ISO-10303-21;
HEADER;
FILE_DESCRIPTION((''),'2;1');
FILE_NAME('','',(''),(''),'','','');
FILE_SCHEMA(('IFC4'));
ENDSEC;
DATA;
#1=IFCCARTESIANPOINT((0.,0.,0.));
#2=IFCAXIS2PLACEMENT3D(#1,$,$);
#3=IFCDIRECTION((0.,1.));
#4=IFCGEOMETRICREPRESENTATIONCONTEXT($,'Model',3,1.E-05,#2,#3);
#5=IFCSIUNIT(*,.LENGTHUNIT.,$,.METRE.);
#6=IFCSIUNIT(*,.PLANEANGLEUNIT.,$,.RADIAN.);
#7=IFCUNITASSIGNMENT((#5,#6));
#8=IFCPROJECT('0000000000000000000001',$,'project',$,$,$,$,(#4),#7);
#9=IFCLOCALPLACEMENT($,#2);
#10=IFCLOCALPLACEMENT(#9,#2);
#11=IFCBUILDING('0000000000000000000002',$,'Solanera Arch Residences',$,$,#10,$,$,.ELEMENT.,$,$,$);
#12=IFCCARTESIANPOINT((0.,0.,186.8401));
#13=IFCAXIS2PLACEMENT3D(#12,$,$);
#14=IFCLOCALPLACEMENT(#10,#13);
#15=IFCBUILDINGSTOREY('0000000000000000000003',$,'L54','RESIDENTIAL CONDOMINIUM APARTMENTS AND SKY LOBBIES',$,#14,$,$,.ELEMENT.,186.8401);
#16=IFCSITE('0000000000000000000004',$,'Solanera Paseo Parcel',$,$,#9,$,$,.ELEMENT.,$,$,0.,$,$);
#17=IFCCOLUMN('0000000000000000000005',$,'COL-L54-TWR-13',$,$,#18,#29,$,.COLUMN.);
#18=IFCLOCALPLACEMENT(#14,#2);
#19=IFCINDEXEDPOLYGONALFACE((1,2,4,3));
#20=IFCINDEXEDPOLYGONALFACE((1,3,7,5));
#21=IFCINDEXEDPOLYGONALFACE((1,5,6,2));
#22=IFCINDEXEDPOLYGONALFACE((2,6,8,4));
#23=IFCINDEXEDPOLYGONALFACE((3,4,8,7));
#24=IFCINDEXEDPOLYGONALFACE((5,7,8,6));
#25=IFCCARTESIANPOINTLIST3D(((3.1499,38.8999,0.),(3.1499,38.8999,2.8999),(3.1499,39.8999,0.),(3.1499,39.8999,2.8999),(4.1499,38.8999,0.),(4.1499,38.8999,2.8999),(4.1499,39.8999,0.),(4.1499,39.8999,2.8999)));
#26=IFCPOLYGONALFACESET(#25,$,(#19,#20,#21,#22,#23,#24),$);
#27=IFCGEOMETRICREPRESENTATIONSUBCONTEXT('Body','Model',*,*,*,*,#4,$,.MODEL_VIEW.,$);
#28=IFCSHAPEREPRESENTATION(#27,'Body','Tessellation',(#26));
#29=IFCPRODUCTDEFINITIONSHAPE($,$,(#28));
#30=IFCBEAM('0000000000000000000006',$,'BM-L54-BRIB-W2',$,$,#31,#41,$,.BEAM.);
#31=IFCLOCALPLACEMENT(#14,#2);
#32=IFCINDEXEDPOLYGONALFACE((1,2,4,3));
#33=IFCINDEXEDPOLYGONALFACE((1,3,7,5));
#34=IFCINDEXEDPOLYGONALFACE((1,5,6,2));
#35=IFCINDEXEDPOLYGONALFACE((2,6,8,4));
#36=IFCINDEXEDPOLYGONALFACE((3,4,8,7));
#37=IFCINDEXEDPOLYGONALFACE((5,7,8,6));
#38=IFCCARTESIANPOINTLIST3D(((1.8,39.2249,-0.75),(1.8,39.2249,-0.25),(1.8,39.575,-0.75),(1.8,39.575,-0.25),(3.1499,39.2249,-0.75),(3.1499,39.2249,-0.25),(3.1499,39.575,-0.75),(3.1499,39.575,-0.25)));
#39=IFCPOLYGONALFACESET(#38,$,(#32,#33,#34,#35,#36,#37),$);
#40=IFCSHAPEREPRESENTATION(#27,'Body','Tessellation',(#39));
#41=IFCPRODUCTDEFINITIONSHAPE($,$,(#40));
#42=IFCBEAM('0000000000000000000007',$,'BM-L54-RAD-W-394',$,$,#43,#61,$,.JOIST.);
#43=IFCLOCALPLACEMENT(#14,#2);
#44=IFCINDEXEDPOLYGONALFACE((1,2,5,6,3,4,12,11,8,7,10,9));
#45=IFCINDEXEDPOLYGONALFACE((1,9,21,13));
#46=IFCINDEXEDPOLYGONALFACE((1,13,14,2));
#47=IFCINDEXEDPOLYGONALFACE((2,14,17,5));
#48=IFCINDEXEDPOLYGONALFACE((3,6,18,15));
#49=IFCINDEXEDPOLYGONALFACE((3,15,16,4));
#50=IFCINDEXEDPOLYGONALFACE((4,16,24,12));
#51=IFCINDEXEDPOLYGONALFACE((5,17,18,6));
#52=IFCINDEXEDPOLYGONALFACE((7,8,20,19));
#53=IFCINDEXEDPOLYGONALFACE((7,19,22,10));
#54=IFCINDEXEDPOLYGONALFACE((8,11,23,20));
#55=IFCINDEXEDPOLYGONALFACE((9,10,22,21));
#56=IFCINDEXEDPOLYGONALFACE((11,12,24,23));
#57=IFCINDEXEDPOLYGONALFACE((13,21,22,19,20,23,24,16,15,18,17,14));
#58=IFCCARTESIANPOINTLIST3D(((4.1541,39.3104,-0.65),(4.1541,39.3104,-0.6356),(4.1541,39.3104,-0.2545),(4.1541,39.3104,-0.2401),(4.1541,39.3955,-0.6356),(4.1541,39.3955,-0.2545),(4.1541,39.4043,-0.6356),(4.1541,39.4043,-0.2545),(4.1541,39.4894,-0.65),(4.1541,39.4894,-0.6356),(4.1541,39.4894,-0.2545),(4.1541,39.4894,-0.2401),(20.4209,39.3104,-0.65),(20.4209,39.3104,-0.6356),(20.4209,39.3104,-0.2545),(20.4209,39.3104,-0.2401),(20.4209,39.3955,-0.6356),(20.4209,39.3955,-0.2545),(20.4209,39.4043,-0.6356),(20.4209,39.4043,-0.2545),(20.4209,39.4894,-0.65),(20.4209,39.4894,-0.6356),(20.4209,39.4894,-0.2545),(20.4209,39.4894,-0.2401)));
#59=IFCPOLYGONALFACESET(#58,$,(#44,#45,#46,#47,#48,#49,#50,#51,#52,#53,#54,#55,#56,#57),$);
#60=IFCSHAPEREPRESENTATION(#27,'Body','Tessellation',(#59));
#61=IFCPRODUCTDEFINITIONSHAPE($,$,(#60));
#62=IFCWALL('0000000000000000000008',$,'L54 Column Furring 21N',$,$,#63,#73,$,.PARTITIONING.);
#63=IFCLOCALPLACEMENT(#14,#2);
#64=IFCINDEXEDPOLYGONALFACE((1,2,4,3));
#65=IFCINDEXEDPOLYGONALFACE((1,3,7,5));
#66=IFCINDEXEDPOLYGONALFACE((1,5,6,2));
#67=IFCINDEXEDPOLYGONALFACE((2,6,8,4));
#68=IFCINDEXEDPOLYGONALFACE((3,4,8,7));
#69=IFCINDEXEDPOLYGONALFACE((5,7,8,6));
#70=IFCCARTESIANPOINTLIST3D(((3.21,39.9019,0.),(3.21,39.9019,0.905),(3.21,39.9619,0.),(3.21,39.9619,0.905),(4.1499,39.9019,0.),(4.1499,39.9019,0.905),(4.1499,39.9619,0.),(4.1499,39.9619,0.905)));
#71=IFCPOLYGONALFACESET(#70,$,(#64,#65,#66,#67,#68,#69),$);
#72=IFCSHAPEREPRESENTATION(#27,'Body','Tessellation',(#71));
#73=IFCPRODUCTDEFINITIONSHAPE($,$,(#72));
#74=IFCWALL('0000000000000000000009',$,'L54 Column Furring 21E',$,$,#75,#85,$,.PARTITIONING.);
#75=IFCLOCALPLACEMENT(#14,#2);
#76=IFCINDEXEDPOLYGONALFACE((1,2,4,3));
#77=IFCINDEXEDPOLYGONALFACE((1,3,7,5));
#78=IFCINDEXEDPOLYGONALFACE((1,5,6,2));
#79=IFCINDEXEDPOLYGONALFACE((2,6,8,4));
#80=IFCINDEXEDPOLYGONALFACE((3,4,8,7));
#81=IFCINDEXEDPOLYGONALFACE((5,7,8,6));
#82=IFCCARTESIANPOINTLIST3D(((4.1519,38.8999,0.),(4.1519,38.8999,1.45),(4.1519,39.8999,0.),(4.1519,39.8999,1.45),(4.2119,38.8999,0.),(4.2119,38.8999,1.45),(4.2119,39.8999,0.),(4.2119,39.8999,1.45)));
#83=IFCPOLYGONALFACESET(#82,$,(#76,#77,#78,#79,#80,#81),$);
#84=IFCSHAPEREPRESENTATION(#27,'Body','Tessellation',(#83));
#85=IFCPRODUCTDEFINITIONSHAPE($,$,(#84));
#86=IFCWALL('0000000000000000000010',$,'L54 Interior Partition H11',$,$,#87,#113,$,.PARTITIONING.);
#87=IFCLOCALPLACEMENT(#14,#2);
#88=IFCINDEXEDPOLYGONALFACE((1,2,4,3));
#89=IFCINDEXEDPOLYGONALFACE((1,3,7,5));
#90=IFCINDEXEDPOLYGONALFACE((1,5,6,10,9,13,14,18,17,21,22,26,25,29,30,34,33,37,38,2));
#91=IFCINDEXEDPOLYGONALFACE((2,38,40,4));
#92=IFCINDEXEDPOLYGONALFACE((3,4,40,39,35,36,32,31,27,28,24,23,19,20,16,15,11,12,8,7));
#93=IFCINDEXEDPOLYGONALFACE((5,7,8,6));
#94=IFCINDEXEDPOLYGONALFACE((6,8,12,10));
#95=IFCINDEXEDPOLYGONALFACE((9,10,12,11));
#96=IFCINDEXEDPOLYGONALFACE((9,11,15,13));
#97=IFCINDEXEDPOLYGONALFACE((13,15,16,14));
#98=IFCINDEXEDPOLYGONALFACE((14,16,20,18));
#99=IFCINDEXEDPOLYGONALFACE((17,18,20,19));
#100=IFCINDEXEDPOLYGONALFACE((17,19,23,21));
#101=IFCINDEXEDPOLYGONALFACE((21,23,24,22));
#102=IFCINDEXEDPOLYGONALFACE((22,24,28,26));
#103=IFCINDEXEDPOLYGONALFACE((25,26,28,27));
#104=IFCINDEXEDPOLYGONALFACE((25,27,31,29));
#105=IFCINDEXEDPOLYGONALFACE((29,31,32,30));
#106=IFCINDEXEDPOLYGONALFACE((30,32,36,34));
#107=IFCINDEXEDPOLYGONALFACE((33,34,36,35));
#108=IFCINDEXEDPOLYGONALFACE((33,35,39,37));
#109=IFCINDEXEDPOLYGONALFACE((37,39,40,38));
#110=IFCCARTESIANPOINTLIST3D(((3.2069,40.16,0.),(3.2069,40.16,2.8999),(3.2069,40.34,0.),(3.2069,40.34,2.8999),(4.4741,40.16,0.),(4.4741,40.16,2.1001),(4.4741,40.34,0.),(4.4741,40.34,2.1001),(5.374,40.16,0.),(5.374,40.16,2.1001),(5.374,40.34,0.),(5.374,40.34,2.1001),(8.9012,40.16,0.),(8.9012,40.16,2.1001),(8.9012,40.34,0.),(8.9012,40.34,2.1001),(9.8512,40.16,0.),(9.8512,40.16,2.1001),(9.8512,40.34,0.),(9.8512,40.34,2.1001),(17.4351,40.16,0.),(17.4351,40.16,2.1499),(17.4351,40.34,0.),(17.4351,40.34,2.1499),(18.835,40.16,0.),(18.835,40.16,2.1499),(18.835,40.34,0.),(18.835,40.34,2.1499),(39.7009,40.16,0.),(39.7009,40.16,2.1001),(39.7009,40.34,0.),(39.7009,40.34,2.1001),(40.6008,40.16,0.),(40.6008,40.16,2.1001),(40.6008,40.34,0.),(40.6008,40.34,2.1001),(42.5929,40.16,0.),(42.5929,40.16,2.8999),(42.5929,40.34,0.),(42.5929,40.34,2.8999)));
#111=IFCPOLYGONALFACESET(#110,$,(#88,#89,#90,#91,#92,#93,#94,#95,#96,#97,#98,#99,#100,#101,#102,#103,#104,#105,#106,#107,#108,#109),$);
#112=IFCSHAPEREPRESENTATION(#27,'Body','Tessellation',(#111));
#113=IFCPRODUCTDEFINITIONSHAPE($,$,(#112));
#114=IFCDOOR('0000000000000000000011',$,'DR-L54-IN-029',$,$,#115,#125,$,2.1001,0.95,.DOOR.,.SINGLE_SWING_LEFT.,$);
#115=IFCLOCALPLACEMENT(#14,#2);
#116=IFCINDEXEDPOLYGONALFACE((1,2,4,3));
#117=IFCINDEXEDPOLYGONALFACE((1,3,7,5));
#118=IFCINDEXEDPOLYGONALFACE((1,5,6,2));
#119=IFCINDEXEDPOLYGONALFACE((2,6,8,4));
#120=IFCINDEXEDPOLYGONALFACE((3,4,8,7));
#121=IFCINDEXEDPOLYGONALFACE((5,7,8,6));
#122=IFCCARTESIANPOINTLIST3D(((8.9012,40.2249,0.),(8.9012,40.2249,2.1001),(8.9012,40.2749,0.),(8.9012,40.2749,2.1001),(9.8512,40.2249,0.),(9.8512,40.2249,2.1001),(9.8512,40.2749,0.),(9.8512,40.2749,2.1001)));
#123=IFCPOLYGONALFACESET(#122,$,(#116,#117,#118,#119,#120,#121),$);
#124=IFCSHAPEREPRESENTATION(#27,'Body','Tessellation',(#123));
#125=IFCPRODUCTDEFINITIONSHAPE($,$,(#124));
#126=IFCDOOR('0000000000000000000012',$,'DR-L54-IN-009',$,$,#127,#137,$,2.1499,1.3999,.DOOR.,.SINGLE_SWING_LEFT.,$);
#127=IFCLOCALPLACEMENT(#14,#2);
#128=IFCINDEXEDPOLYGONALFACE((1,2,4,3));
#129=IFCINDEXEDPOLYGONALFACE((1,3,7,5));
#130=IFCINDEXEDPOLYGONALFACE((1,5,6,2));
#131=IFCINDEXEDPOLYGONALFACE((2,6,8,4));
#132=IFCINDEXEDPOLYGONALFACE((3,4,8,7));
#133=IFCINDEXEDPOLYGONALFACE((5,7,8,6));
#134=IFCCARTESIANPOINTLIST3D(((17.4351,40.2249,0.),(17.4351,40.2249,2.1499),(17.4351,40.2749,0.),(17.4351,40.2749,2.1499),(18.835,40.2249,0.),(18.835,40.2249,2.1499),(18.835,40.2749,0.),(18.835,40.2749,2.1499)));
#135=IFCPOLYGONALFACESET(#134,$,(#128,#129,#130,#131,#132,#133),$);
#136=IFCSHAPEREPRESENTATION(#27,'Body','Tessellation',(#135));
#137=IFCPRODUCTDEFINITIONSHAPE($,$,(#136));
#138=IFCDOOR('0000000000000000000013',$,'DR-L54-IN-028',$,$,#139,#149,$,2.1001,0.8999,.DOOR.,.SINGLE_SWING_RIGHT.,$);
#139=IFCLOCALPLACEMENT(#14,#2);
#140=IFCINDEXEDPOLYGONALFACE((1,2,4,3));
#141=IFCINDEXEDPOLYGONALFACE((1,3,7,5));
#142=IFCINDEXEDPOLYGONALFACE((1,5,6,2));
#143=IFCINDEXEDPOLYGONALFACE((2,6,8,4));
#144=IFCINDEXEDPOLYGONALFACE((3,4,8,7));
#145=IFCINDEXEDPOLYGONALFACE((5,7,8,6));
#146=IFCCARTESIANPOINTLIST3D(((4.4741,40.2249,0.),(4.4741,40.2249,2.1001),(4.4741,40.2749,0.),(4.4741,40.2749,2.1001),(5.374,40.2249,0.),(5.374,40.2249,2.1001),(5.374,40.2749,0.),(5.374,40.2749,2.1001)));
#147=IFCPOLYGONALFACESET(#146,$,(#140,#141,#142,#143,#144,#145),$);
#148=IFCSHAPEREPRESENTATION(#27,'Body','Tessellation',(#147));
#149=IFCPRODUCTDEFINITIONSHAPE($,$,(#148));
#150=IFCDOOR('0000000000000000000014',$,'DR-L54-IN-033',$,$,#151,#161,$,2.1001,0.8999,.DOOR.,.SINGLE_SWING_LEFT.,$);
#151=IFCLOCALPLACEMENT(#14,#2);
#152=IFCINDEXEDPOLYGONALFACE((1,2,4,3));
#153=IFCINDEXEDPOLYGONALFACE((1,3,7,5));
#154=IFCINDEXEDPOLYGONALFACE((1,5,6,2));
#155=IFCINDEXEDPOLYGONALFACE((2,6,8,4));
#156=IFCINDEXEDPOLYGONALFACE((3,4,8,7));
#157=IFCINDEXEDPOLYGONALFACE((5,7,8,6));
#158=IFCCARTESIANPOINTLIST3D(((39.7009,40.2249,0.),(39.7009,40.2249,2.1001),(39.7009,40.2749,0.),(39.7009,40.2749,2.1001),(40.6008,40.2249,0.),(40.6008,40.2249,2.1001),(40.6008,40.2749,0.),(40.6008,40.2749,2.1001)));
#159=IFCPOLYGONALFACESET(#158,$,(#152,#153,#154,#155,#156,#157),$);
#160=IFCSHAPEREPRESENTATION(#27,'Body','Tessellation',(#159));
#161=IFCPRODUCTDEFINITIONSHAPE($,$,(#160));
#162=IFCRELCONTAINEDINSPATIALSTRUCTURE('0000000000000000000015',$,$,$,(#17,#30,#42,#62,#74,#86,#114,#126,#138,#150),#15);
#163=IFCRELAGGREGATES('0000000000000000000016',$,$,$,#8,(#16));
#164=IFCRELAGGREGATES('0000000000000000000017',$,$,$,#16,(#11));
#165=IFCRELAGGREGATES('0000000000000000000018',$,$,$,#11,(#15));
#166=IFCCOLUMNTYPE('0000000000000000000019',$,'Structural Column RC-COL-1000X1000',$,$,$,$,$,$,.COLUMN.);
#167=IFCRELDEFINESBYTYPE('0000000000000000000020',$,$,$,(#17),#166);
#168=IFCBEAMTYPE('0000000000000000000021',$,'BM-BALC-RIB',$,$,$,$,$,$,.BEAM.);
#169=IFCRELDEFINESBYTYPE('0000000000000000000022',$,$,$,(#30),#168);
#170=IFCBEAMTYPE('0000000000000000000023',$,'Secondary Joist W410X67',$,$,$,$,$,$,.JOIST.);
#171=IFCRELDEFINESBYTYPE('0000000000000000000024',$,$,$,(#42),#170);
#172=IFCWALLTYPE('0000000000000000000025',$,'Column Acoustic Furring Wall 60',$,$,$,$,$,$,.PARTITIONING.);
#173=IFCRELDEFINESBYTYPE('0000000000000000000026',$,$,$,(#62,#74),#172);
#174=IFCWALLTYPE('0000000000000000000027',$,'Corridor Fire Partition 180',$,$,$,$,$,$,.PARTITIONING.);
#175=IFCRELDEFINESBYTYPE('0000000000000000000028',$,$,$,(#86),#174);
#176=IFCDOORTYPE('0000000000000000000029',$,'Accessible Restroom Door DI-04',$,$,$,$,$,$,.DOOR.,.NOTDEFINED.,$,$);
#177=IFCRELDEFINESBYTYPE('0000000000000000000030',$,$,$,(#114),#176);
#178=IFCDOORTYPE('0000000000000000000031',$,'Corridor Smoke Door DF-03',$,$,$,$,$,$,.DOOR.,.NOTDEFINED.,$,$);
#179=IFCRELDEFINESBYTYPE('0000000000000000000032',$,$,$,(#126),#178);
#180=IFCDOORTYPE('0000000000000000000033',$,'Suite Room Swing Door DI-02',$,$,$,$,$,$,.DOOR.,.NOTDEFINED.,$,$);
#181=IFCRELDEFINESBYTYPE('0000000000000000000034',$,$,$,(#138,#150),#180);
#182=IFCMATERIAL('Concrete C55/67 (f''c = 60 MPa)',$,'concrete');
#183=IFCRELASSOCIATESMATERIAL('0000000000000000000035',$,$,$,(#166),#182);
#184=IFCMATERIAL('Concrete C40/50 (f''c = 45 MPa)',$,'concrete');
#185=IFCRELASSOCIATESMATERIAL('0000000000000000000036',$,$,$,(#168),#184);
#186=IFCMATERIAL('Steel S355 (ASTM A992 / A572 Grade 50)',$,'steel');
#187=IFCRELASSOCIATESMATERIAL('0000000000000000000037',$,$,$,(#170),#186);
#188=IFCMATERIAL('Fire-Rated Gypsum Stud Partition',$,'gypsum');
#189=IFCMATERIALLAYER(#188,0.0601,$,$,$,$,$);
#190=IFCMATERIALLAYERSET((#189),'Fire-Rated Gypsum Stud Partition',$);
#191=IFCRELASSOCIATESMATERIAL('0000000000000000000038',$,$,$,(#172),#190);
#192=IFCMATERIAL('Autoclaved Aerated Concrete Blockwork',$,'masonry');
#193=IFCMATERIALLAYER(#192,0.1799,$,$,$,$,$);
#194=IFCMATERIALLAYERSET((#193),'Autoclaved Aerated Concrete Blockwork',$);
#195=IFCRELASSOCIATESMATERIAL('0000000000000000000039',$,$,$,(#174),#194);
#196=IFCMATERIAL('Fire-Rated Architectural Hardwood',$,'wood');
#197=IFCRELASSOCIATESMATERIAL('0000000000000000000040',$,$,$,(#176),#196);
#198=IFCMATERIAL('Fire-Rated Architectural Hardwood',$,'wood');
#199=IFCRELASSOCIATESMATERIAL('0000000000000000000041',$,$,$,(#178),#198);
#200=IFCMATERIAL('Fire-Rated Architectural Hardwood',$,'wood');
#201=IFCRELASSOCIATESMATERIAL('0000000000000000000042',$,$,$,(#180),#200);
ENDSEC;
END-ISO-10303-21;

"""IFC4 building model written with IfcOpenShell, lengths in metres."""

from ifc_helpers import new_model, si_unit, direction, frame, frame_2d, origin, origin_2d, place, context, subcontext, project, spatial, rectangle, i_section, extrude, material, layer, layer_set, material_profile, profile_set, type_object, element, fill, save


model = new_model("IFC4")

# Units and contexts
model_context = context("Model", 3, precision=1e-05, world=origin(), true_north=direction((0.0, 1.0)))
body_context = subcontext(model_context, "Body", "Model", "MODEL_VIEW")
ifc_project = project(units=[si_unit("LENGTHUNIT", "METRE"), si_unit("PLANEANGLEUNIT", "RADIAN")], contexts=[model_context])

# Site, building, storey
site_placement = place(None, origin())
site = spatial("IfcSite", under=ifc_project, at=site_placement, Name="Solanera Paseo Parcel", CompositionType="ELEMENT", RefElevation=0.0)
building_placement = place(site_placement, origin())
building = spatial("IfcBuilding", under=site, at=building_placement, Name="Solanera Arch Residences", CompositionType="ELEMENT")
storey_placement = place(building_placement, frame((0.0, 0.0, 186.8401)))
storey = spatial("IfcBuildingStorey", under=building, at=storey_placement, Name="L54", Description="RESIDENTIAL CONDOMINIUM APARTMENTS AND SKY LOBBIES", CompositionType="ELEMENT", Elevation=186.8401)

# Column
ifc_material_1 = material(Name="Concrete C55/67 (f'c = 60 MPa)", Category="concrete")
ifc_material_profile_1 = material_profile(ifc_material_1, rectangle(XDim=1.0, YDim=1.0, at=origin_2d()))
ifc_profile_set_1 = profile_set([ifc_material_profile_1], Name="Concrete C55/67 (f'c = 60 MPa)")
column_type = type_object("IfcColumnType", Name="Structural Column RC-COL-1000X1000", PredefinedType="COLUMN", material=ifc_profile_set_1)
column_placement = place(storey_placement, frame((3.6499, 39.3999, 0.0), z_axis=(0.0, 0.0, 1.0), x_axis=(1.0, 0.0, 0.0)))
element("IfcColumn", 1, at=column_placement, inside=storey, type_object=column_type, Name="COL-L54-TWR-13", PredefinedType="COLUMN", context=body_context, shape_type="SweptSolid", body=[
    extrude(rectangle(XDim=1.0, YDim=1.0, at=origin_2d()), origin(), (0.0, 0.0, 1.0), 2.8999),
])

# Beams
ifc_material_2 = material(Name="Concrete C40/50 (f'c = 45 MPa)", Category="concrete")
ifc_material_profile_2 = material_profile(ifc_material_2, rectangle(XDim=0.3501, YDim=0.5, at=origin_2d()))
ifc_profile_set_2 = profile_set([ifc_material_profile_2], Name="Concrete C40/50 (f'c = 45 MPa)")
beam_type_1 = type_object("IfcBeamType", Name="BM-BALC-RIB", PredefinedType="BEAM", material=ifc_profile_set_2)
beam_1_placement = place(storey_placement, frame((1.8, 39.3999, -0.5), z_axis=(1.0, 0.0, 0.0), x_axis=(0.0, 1.0, 0.0)))
element("IfcBeam", 2, at=beam_1_placement, inside=storey, type_object=beam_type_1, Name="BM-L54-BRIB-W2", PredefinedType="BEAM", context=body_context, shape_type="SweptSolid", body=[
    extrude(rectangle(XDim=0.3501, YDim=0.5, at=origin_2d()), origin(), (0.0, 0.0, 1.0), 1.3499),
])
ifc_material_3 = material(Name="Steel S355 (ASTM A992 / A572 Grade 50)", Category="steel")
ifc_material_profile_3 = material_profile(ifc_material_3, i_section(OverallWidth=0.179, OverallDepth=0.4099, WebThickness=0.0088, FlangeThickness=0.0144, at=origin_2d()))
ifc_profile_set_3 = profile_set([ifc_material_profile_3], Name="Steel S355 (ASTM A992 / A572 Grade 50)")
beam_type_2 = type_object("IfcBeamType", Name="Secondary Joist W410X67", PredefinedType="JOIST", material=ifc_profile_set_3)
beam_2_placement = place(storey_placement, frame((4.1541, 39.3999, -0.4451), z_axis=(1.0, 0.0, 0.0), x_axis=(0.0, 1.0, 0.0)))
element("IfcBeam", 3, at=beam_2_placement, inside=storey, type_object=beam_type_2, Name="BM-L54-RAD-W-394", PredefinedType="JOIST", context=body_context, shape_type="SweptSolid", body=[
    extrude(i_section(OverallWidth=0.179, OverallDepth=0.4099, WebThickness=0.0088, FlangeThickness=0.0144, at=origin_2d()), origin(), (0.0, 0.0, 1.0), 16.2668),
])

# Walls
ifc_material_4 = material(Name="Fire-Rated Gypsum Stud Partition", Category="gypsum")
ifc_layer_1 = layer(ifc_material_4, 0.0601)
ifc_layer_set_1 = layer_set([ifc_layer_1], Name="Fire-Rated Gypsum Stud Partition")
wall_type_1 = type_object("IfcWallType", Name="Column Acoustic Furring Wall 60", PredefinedType="PARTITIONING", material=ifc_layer_set_1)
wall_1_placement = place(storey_placement, frame((3.21, 39.9319, 0.0), z_axis=(0.0, 0.0, 1.0), x_axis=(1.0, 0.0, 0.0)))
element("IfcWall", 4, at=wall_1_placement, inside=storey, type_object=wall_type_1, Name="L54 Column Furring 21N", PredefinedType="PARTITIONING", context=body_context, shape_type="SweptSolid", body=[
    extrude(rectangle(XDim=0.9399, YDim=0.0601, at=frame_2d((0.47, 0.0))), origin(), (0.0, 0.0, 1.0), 0.905),
])
wall_2_placement = place(storey_placement, frame((4.1819, 38.8999, 0.0), z_axis=(0.0, 0.0, 1.0), x_axis=(0.0, 1.0, 0.0)))
element("IfcWall", 5, at=wall_2_placement, inside=storey, type_object=wall_type_1, Name="L54 Column Furring 21E", PredefinedType="PARTITIONING", context=body_context, shape_type="SweptSolid", body=[
    extrude(rectangle(XDim=1.0, YDim=0.0601, at=frame_2d((0.5, 0.0))), origin(), (0.0, 0.0, 1.0), 1.45),
])

# Wall, openings, doors
ifc_material_5 = material(Name="Autoclaved Aerated Concrete Blockwork", Category="masonry")
ifc_layer_2 = layer(ifc_material_5, 0.1799)
ifc_layer_set_2 = layer_set([ifc_layer_2], Name="Autoclaved Aerated Concrete Blockwork")
wall_type_2 = type_object("IfcWallType", Name="Corridor Fire Partition 180", PredefinedType="PARTITIONING", material=ifc_layer_set_2)
wall_3_placement = place(storey_placement, frame((3.207, 40.25, 0.0), z_axis=(0.0, 0.0, 1.0), x_axis=(1.0, 0.0, 0.0)))
wall_3 = element("IfcWall", 6, at=wall_3_placement, inside=storey, type_object=wall_type_2, Name="L54 Interior Partition H11", PredefinedType="PARTITIONING", context=body_context, shape_type="SweptSolid", body=[
    extrude(rectangle(XDim=39.386, YDim=0.1799, at=frame_2d((19.6929, 0.0))), origin(), (0.0, 0.0, 1.0), 2.8999),
])
opening_1_placement = place(wall_3_placement, frame((14.228, 0.0, 0.0)))
opening_1 = element("IfcOpeningElement", 7, at=opening_1_placement, cuts=wall_3, PredefinedType="OPENING", context=body_context, shape_type="SweptSolid", body=[
    extrude(rectangle(XDim=1.3999, YDim=2.1499, at=frame_2d((0.7, 1.075))), frame((0.0, 0.1001, 0.0), z_axis=(0.0, -1.0, 0.0), x_axis=(1.0, 0.0, 0.0)), (0.0, 0.0, 1.0), 0.1999),
])
opening_2_placement = place(wall_3_placement, frame((1.2671, 0.0, 0.0)))
opening_2 = element("IfcOpeningElement", 8, at=opening_2_placement, cuts=wall_3, PredefinedType="OPENING", context=body_context, shape_type="SweptSolid", body=[
    extrude(rectangle(XDim=0.8999, YDim=2.1001, at=frame_2d((0.45, 1.05))), frame((0.0, 0.1001, 0.0), z_axis=(0.0, -1.0, 0.0), x_axis=(1.0, 0.0, 0.0)), (0.0, 0.0, 1.0), 0.1999),
])
opening_3_placement = place(wall_3_placement, frame((5.6941, 0.0, 0.0)))
opening_3 = element("IfcOpeningElement", 9, at=opening_3_placement, cuts=wall_3, PredefinedType="OPENING", context=body_context, shape_type="SweptSolid", body=[
    extrude(rectangle(XDim=0.95, YDim=2.1001, at=frame_2d((0.4751, 1.05))), frame((0.0, 0.1001, 0.0), z_axis=(0.0, -1.0, 0.0), x_axis=(1.0, 0.0, 0.0)), (0.0, 0.0, 1.0), 0.1999),
])
opening_4_placement = place(wall_3_placement, frame((36.4939, 0.0, 0.0)))
opening_4 = element("IfcOpeningElement", 10, at=opening_4_placement, cuts=wall_3, PredefinedType="OPENING", context=body_context, shape_type="SweptSolid", body=[
    extrude(rectangle(XDim=0.8999, YDim=2.1001, at=frame_2d((0.45, 1.05))), frame((0.0, 0.1001, 0.0), z_axis=(0.0, -1.0, 0.0), x_axis=(1.0, 0.0, 0.0)), (0.0, 0.0, 1.0), 0.1999),
])
ifc_material_6 = material(Name="Fire-Rated Architectural Hardwood", Category="wood")
door_type_1 = type_object("IfcDoorType", Name="Accessible Restroom Door DI-04", OperationType="NOTDEFINED", PredefinedType="DOOR", material=ifc_material_6)
door_1_placement = place(opening_3_placement, origin())
door_1 = element("IfcDoor", 11, at=door_1_placement, inside=storey, type_object=door_type_1, Name="DR-L54-IN-029", OperationType="SINGLE_SWING_LEFT", OverallHeight=2.1001, OverallWidth=0.95, PredefinedType="DOOR", context=body_context, shape_type="SweptSolid", body=[
    extrude(rectangle(XDim=0.95, YDim=2.1001, at=frame_2d((0.4751, 1.05))), frame((0.0, 0.0249, 0.0), z_axis=(0.0, -1.0, 0.0), x_axis=(1.0, 0.0, 0.0)), (0.0, 0.0, 1.0), 0.05),
])
fill(opening_3, door_1)
ifc_material_7 = material(Name="Fire-Rated Architectural Hardwood", Category="wood")
door_type_2 = type_object("IfcDoorType", Name="Corridor Smoke Door DF-03", OperationType="NOTDEFINED", PredefinedType="DOOR", material=ifc_material_7)
door_2_placement = place(opening_1_placement, origin())
door_2 = element("IfcDoor", 12, at=door_2_placement, inside=storey, type_object=door_type_2, Name="DR-L54-IN-009", OperationType="SINGLE_SWING_LEFT", OverallHeight=2.1499, OverallWidth=1.3999, PredefinedType="DOOR", context=body_context, shape_type="SweptSolid", body=[
    extrude(rectangle(XDim=1.3999, YDim=2.1499, at=frame_2d((0.7, 1.075))), frame((0.0, 0.0249, 0.0), z_axis=(0.0, -1.0, 0.0), x_axis=(1.0, 0.0, 0.0)), (0.0, 0.0, 1.0), 0.05),
])
fill(opening_1, door_2)
ifc_material_8 = material(Name="Fire-Rated Architectural Hardwood", Category="wood")
door_type_3 = type_object("IfcDoorType", Name="Suite Room Swing Door DI-02", OperationType="NOTDEFINED", PredefinedType="DOOR", material=ifc_material_8)
door_3_placement = place(opening_2_placement, origin())
door_3 = element("IfcDoor", 13, at=door_3_placement, inside=storey, type_object=door_type_3, Name="DR-L54-IN-028", OperationType="SINGLE_SWING_RIGHT", OverallHeight=2.1001, OverallWidth=0.8999, PredefinedType="DOOR", context=body_context, shape_type="SweptSolid", body=[
    extrude(rectangle(XDim=0.8999, YDim=2.1001, at=frame_2d((0.45, 1.05))), frame((0.0, 0.0249, 0.0), z_axis=(0.0, -1.0, 0.0), x_axis=(1.0, 0.0, 0.0)), (0.0, 0.0, 1.0), 0.05),
])
fill(opening_2, door_3)
door_4_placement = place(opening_4_placement, origin())
door_4 = element("IfcDoor", 14, at=door_4_placement, inside=storey, type_object=door_type_3, Name="DR-L54-IN-033", OperationType="SINGLE_SWING_LEFT", OverallHeight=2.1001, OverallWidth=0.8999, PredefinedType="DOOR", context=body_context, shape_type="SweptSolid", body=[
    extrude(rectangle(XDim=0.8999, YDim=2.1001, at=frame_2d((0.45, 1.05))), frame((0.0, 0.0249, 0.0), z_axis=(0.0, -1.0, 0.0), x_axis=(1.0, 0.0, 0.0)), (0.0, 0.0, 1.0), 0.05),
])
fill(opening_4, door_4)

save(model, "model.ifc")
